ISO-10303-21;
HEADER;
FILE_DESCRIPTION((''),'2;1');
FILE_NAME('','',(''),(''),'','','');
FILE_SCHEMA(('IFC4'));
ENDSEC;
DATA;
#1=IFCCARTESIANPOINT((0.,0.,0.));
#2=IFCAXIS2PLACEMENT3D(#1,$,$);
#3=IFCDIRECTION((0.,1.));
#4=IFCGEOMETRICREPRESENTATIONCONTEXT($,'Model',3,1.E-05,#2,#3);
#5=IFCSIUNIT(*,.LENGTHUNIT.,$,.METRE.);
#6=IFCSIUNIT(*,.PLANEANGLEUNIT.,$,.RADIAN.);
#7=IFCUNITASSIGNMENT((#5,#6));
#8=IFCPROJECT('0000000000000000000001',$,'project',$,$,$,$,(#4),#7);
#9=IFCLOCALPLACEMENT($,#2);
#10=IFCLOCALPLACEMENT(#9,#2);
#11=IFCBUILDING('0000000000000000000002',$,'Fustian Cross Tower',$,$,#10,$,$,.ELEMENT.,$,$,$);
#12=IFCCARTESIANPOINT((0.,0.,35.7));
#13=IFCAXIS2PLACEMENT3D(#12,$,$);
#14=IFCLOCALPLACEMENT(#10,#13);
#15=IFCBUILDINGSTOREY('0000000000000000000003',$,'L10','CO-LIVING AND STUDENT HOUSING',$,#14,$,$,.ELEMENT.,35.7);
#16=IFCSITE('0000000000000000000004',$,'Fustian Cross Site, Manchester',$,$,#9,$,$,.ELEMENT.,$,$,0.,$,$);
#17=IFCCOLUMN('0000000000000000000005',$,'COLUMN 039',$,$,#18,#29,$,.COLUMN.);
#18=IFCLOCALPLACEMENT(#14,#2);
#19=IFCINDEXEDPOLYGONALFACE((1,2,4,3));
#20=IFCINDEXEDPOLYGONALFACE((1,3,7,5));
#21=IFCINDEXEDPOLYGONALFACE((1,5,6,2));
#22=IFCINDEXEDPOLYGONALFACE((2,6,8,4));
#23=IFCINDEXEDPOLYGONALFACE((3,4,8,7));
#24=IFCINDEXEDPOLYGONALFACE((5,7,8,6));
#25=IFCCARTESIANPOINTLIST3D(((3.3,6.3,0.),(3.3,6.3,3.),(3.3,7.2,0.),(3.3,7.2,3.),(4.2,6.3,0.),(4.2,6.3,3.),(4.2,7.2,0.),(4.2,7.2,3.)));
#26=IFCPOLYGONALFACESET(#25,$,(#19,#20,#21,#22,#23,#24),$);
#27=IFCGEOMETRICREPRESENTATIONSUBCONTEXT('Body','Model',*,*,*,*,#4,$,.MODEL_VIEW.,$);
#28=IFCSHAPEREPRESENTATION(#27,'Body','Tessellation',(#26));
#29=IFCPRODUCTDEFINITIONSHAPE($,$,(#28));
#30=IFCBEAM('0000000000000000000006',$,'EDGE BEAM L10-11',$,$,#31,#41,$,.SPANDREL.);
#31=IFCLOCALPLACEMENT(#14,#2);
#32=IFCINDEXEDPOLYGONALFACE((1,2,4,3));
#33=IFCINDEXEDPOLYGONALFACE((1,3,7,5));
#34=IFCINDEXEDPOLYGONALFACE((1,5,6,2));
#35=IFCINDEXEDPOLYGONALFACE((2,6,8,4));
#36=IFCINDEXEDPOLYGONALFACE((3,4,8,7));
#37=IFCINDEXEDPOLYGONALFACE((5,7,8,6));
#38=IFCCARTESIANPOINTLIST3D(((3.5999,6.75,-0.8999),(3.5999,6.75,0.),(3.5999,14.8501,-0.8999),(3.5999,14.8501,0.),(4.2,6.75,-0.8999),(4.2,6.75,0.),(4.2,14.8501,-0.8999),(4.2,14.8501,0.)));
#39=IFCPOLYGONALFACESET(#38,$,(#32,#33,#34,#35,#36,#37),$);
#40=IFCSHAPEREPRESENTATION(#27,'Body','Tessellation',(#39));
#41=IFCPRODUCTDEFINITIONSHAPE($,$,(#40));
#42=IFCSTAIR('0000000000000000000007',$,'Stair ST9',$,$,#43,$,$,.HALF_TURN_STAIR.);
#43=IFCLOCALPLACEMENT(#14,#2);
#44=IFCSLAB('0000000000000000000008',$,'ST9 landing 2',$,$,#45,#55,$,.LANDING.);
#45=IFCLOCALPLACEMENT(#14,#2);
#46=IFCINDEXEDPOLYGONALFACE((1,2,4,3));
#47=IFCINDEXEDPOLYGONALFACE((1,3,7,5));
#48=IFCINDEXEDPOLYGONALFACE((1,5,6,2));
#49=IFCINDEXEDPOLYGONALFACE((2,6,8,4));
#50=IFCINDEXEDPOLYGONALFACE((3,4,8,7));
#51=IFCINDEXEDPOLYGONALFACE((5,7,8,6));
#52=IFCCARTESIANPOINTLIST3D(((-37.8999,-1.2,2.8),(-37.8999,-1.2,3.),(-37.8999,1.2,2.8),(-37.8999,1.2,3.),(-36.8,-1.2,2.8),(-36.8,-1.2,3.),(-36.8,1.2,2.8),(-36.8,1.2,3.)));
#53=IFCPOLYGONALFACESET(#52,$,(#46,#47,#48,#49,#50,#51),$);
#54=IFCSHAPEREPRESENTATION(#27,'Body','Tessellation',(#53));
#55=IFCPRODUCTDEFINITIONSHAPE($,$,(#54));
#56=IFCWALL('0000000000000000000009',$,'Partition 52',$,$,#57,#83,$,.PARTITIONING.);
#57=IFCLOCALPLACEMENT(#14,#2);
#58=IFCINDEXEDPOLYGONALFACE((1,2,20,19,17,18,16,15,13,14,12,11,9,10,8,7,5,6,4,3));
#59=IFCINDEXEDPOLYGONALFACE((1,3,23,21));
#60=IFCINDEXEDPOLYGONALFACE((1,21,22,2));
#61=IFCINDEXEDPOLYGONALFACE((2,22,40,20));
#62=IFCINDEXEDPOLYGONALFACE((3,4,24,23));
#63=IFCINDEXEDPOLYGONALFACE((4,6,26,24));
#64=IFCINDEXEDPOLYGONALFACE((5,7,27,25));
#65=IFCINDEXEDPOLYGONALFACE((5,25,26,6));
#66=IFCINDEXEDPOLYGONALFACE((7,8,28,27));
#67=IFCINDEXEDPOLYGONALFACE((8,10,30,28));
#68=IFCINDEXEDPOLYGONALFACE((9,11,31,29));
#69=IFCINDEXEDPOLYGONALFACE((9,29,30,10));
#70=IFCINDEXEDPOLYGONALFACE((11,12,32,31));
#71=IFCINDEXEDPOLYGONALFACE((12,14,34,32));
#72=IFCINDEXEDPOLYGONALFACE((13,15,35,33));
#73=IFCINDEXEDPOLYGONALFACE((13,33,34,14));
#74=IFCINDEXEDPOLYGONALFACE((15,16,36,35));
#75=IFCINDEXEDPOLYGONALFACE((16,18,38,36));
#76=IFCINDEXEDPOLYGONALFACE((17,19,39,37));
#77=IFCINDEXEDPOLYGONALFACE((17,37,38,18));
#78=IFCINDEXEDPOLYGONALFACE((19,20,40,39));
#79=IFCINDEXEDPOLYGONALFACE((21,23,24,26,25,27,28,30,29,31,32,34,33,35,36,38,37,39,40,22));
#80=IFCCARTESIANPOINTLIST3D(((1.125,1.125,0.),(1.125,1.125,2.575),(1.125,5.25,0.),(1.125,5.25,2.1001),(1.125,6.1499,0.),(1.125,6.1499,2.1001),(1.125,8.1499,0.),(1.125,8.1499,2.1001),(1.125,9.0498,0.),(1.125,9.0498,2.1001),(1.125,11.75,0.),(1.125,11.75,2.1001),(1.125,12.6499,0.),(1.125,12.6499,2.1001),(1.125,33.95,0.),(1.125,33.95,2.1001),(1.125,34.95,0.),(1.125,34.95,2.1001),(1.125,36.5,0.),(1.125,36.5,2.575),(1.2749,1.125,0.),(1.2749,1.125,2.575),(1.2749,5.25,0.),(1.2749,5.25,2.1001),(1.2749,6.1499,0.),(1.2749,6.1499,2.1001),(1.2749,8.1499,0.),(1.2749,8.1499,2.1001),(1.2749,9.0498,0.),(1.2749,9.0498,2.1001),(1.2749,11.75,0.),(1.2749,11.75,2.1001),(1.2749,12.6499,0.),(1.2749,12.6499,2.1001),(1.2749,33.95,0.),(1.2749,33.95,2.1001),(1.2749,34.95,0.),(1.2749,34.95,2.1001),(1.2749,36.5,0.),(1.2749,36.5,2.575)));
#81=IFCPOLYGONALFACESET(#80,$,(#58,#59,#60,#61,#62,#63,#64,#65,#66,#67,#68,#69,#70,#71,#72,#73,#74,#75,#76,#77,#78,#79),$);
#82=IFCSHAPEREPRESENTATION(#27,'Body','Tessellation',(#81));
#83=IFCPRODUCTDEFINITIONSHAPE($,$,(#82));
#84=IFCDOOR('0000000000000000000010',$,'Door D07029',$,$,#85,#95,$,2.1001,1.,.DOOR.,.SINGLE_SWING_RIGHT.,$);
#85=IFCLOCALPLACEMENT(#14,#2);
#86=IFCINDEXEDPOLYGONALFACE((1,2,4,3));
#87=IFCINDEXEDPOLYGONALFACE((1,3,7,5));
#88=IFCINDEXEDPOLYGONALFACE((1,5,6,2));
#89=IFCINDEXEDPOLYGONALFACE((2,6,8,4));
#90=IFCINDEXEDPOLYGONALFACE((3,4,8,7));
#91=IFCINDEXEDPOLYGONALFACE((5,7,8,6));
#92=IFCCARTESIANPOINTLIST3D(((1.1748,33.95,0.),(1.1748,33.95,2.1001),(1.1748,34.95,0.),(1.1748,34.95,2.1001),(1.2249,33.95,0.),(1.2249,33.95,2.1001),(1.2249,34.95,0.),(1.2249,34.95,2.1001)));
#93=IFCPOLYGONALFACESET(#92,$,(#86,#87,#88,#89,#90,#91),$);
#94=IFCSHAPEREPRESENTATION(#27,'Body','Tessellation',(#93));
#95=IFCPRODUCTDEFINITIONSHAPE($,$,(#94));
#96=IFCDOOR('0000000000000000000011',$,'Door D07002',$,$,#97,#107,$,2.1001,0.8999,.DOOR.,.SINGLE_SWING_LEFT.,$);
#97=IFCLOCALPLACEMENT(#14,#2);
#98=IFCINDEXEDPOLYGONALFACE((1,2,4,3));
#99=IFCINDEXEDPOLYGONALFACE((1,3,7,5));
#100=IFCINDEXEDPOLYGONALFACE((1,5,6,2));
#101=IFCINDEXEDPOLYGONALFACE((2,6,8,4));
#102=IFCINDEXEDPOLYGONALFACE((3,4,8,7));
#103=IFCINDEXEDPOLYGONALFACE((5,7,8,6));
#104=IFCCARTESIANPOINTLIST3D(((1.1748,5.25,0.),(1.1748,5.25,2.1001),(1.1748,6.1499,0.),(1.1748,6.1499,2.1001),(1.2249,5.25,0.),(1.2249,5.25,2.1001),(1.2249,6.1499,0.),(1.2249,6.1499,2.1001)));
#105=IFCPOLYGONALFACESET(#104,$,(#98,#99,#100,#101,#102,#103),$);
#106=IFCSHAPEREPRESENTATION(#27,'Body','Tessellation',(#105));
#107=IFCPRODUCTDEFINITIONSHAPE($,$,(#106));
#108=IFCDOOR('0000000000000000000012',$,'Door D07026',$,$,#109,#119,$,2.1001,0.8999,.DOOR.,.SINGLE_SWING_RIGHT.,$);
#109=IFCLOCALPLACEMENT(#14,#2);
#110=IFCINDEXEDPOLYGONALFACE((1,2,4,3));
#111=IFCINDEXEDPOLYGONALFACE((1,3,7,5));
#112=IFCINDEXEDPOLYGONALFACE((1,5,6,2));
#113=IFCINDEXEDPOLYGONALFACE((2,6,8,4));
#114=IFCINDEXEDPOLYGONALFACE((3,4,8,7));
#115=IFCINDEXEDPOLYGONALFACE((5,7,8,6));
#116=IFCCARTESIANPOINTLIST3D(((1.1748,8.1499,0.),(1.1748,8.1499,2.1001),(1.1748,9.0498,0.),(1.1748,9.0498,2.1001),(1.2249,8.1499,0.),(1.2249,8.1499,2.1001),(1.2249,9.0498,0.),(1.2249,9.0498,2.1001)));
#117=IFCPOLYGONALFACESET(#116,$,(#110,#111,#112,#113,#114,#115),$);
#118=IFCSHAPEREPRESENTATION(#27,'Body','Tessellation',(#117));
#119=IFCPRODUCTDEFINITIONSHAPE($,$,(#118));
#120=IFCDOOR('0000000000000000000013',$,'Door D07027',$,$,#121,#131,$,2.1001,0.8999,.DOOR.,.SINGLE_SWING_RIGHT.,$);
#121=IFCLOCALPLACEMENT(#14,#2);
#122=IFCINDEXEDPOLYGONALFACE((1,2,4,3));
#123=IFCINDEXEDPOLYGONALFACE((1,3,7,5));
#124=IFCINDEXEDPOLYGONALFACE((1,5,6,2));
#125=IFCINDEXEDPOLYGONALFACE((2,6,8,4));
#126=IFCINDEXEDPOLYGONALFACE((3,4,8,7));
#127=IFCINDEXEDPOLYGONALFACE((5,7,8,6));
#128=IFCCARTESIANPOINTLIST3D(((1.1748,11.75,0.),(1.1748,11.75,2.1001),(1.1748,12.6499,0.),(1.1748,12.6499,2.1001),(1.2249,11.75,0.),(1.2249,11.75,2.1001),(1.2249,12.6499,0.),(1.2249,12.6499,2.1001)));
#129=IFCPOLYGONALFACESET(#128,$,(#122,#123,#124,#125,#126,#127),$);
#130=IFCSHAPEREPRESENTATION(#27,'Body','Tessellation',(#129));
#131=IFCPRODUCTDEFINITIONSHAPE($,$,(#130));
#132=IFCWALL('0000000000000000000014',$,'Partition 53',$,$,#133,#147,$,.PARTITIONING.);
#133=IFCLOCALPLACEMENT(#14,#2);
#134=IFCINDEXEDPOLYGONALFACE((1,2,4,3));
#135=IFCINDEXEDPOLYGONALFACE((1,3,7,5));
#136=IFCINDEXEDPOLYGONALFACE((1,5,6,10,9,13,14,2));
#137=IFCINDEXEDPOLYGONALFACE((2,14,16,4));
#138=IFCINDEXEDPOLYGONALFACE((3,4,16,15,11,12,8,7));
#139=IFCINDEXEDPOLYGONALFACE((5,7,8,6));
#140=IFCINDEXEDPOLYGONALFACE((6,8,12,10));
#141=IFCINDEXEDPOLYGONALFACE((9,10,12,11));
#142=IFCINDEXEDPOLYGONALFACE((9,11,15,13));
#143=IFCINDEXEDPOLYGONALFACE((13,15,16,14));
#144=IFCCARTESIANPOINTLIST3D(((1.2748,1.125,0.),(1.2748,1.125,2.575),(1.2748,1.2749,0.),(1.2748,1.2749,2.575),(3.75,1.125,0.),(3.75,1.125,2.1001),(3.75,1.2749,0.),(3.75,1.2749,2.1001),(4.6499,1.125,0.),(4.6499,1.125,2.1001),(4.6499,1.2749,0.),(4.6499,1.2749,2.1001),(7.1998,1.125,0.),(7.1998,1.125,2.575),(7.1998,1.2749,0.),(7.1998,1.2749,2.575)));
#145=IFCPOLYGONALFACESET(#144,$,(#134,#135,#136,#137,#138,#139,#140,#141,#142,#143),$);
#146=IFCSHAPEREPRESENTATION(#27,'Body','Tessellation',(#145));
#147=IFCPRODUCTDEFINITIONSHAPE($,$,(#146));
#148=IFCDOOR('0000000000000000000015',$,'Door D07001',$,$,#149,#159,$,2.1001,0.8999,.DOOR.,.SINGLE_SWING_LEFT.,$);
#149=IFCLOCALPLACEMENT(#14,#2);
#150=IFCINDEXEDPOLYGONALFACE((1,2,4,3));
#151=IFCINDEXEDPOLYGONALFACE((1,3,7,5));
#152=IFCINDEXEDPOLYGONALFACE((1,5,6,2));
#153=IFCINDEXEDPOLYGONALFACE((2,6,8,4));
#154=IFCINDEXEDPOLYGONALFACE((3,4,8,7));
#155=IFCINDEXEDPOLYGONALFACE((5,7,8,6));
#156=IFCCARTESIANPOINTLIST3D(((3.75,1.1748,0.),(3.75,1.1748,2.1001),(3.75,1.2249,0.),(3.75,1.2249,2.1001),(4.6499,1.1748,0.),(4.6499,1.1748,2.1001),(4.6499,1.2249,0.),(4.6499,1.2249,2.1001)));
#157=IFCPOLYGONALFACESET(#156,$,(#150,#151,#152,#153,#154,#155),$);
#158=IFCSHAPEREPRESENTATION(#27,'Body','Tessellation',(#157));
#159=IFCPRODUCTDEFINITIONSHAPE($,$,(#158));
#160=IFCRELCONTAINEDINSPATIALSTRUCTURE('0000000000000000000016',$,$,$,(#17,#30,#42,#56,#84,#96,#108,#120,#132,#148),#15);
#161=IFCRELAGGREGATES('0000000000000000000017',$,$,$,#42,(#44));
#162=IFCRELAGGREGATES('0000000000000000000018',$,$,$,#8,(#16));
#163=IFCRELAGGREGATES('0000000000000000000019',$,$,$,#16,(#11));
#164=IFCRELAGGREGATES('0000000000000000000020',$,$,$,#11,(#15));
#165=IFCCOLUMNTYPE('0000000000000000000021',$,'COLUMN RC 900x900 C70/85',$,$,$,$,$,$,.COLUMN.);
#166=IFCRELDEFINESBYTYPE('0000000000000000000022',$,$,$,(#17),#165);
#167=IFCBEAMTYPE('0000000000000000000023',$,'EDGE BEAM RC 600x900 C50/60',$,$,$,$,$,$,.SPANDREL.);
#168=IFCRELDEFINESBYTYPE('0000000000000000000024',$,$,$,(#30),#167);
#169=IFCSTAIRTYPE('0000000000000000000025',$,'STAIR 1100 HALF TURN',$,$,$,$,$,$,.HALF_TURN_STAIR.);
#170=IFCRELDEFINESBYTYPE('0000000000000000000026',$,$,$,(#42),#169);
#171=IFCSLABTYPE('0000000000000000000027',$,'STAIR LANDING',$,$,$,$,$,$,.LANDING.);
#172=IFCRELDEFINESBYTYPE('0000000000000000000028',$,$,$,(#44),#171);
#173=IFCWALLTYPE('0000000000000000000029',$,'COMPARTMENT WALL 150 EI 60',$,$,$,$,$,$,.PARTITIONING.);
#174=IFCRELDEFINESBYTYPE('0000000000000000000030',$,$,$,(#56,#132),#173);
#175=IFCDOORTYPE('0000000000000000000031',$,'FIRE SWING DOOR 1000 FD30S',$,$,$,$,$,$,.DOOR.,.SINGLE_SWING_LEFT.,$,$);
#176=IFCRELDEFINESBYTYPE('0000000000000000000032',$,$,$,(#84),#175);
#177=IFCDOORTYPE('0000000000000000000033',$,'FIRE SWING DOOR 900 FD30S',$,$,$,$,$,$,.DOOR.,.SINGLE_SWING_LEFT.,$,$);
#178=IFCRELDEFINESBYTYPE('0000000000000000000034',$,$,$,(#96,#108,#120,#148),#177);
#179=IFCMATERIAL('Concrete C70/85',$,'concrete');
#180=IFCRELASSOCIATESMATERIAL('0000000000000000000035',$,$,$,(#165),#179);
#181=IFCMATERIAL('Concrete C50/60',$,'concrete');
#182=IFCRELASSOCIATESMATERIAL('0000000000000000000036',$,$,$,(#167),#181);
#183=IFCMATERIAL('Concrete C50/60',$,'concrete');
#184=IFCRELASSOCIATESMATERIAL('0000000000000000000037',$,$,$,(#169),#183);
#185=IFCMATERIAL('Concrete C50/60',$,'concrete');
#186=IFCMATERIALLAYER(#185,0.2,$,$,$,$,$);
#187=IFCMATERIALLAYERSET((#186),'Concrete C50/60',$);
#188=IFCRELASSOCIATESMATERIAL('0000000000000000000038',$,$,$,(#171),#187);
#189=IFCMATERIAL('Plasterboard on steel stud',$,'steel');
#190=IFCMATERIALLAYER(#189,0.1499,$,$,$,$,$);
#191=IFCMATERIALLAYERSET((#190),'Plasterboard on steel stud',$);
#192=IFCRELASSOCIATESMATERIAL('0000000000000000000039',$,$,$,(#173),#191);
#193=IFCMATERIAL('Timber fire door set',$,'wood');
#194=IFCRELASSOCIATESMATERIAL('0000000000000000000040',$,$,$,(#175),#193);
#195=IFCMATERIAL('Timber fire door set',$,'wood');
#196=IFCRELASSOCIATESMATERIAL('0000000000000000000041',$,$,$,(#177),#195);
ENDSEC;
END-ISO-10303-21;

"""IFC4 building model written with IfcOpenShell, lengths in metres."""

from ifc_helpers import new_model, si_unit, direction, frame, frame_2d, origin, origin_2d, place, context, subcontext, project, spatial, polyline, rectangle, outline, extrude, material, layer, layer_set, material_profile, profile_set, type_object, element, fill, aggregate, save


model = new_model("IFC4")

# Units and contexts
model_context = context("Model", 3, precision=1e-05, world=origin(), true_north=direction((0.0, 1.0)))
body_context = subcontext(model_context, "Body", "Model", "MODEL_VIEW")
ifc_project = project(units=[si_unit("LENGTHUNIT", "METRE"), si_unit("PLANEANGLEUNIT", "RADIAN")], contexts=[model_context])

# Site, building, storey
site_placement = place(None, origin())
site = spatial("IfcSite", under=ifc_project, at=site_placement, Name="Fustian Cross Site, Manchester", CompositionType="ELEMENT", RefElevation=0.0)
building_placement = place(site_placement, origin())
building = spatial("IfcBuilding", under=site, at=building_placement, Name="Fustian Cross Tower", CompositionType="ELEMENT")
storey_placement = place(building_placement, frame((0.0, 0.0, 35.7)))
storey = spatial("IfcBuildingStorey", under=building, at=storey_placement, Name="L10", Description="CO-LIVING AND STUDENT HOUSING", CompositionType="ELEMENT", Elevation=35.7)

# Column
ifc_material_1 = material(Name="Concrete C70/85", Category="concrete")
ifc_material_profile_1 = material_profile(ifc_material_1, rectangle(XDim=0.8999, YDim=0.8999, at=origin_2d()), Name="RC 900x900")
ifc_profile_set_1 = profile_set([ifc_material_profile_1], Name="Concrete C70/85")
column_type = type_object("IfcColumnType", Name="COLUMN RC 900x900 C70/85", PredefinedType="COLUMN", material=ifc_profile_set_1)
column_placement = place(storey_placement, frame((3.75, 6.75, 0.0), z_axis=(0.0, 0.0, 1.0), x_axis=(1.0, 0.0, 0.0)))
element("IfcColumn", 1, at=column_placement, inside=storey, type_object=column_type, Name="COLUMN 039", PredefinedType="COLUMN", context=body_context, shape_type="SweptSolid", body=[
    extrude(rectangle(XDim=0.8999, YDim=0.8999, at=origin_2d()), origin(), (0.0, 0.0, 1.0), 3.0),
])

# Beam
ifc_material_2 = material(Name="Concrete C50/60", Category="concrete")
ifc_material_profile_2 = material_profile(ifc_material_2, rectangle(XDim=0.6001, YDim=0.8999, at=origin_2d()), Name="RC 600x900")
ifc_profile_set_2 = profile_set([ifc_material_profile_2], Name="Concrete C50/60")
beam_type = type_object("IfcBeamType", Name="EDGE BEAM RC 600x900 C50/60", PredefinedType="SPANDREL", material=ifc_profile_set_2)
beam_placement = place(storey_placement, frame((3.8999, 6.75, -0.45), z_axis=(0.0, 1.0, 0.0), x_axis=(-1.0, 0.0, 0.0)))
element("IfcBeam", 2, at=beam_placement, inside=storey, type_object=beam_type, Name="EDGE BEAM L10-11", PredefinedType="SPANDREL", context=body_context, shape_type="SweptSolid", body=[
    extrude(rectangle(XDim=0.6001, YDim=0.8999, at=origin_2d()), origin(), (0.0, 0.0, 1.0), 8.1001),
])

# Stair, slab
ifc_material_3 = material(Name="Concrete C50/60", Category="concrete")
stair_type = type_object("IfcStairType", Name="STAIR 1100 HALF TURN", PredefinedType="HALF_TURN_STAIR", material=ifc_material_3)
stair_placement = place(storey_placement, origin())
stair = element("IfcStair", 3, at=stair_placement, inside=storey, type_object=stair_type, Name="Stair ST9", PredefinedType="HALF_TURN_STAIR")
ifc_material_4 = material(Name="Concrete C50/60", Category="concrete")
ifc_layer_1 = layer(ifc_material_4, 0.2)
ifc_layer_set_1 = layer_set([ifc_layer_1], Name="Concrete C50/60")
slab_type = type_object("IfcSlabType", Name="STAIR LANDING", PredefinedType="LANDING", material=ifc_layer_set_1)
slab_placement = place(storey_placement, frame((0.0, 0.0, 2.8)))
slab = element("IfcSlab", 4, at=slab_placement, type_object=slab_type, Name="ST9 landing 2", PredefinedType="LANDING", context=body_context, shape_type="SweptSolid", body=[
    extrude(outline(polyline([(-36.8, -1.2), (-37.8999, -1.2), (-37.8999, 1.2), (-36.8, 1.2), (-36.8, -1.2)])), origin(), (0.0, 0.0, 1.0), 0.2),
])
aggregate(stair, [slab])

# Wall, openings, doors
ifc_material_5 = material(Name="Plasterboard on steel stud", Category="steel")
ifc_layer_2 = layer(ifc_material_5, 0.1499)
ifc_layer_set_2 = layer_set([ifc_layer_2], Name="Plasterboard on steel stud")
wall_type_1 = type_object("IfcWallType", Name="COMPARTMENT WALL 150 EI 60", PredefinedType="PARTITIONING", material=ifc_layer_set_2)
wall_1_placement = place(storey_placement, frame((1.2, 1.125, 0.0), z_axis=(0.0, 0.0, 1.0), x_axis=(0.0, 1.0, 0.0)))
wall_1 = element("IfcWall", 5, at=wall_1_placement, inside=storey, type_object=wall_type_1, Name="Partition 52", PredefinedType="PARTITIONING", context=body_context, shape_type="SweptSolid", body=[
    extrude(rectangle(XDim=35.375, YDim=0.1499, at=frame_2d((17.6875, 0.0))), origin(), (0.0, 0.0, 1.0), 2.575),
])
opening_1_placement = place(wall_1_placement, frame((4.125, 0.0, 0.0)))
opening_1 = element("IfcOpeningElement", 6, at=opening_1_placement, cuts=wall_1, PredefinedType="OPENING", context=body_context, shape_type="SweptSolid", body=[
    extrude(rectangle(XDim=0.8999, YDim=2.1001, at=frame_2d((0.45, 1.05))), frame((0.0, 0.085, 0.0), z_axis=(0.0, -1.0, 0.0), x_axis=(1.0, 0.0, 0.0)), (0.0, 0.0, 1.0), 0.1699),
])
opening_2_placement = place(wall_1_placement, frame((7.0249, 0.0, 0.0)))
opening_2 = element("IfcOpeningElement", 7, at=opening_2_placement, cuts=wall_1, PredefinedType="OPENING", context=body_context, shape_type="SweptSolid", body=[
    extrude(rectangle(XDim=0.8999, YDim=2.1001, at=frame_2d((0.45, 1.05))), frame((0.0, 0.085, 0.0), z_axis=(0.0, -1.0, 0.0), x_axis=(1.0, 0.0, 0.0)), (0.0, 0.0, 1.0), 0.1699),
])
opening_3_placement = place(wall_1_placement, frame((10.625, 0.0, 0.0)))
opening_3 = element("IfcOpeningElement", 8, at=opening_3_placement, cuts=wall_1, PredefinedType="OPENING", context=body_context, shape_type="SweptSolid", body=[
    extrude(rectangle(XDim=0.8999, YDim=2.1001, at=frame_2d((0.45, 1.05))), frame((0.0, 0.085, 0.0), z_axis=(0.0, -1.0, 0.0), x_axis=(1.0, 0.0, 0.0)), (0.0, 0.0, 1.0), 0.1699),
])
opening_4_placement = place(wall_1_placement, frame((32.825, 0.0, 0.0)))
opening_4 = element("IfcOpeningElement", 9, at=opening_4_placement, cuts=wall_1, PredefinedType="OPENING", context=body_context, shape_type="SweptSolid", body=[
    extrude(rectangle(XDim=1.0, YDim=2.1001, at=frame_2d((0.5, 1.05))), frame((0.0, 0.085, 0.0), z_axis=(0.0, -1.0, 0.0), x_axis=(1.0, 0.0, 0.0)), (0.0, 0.0, 1.0), 0.1699),
])
ifc_material_6 = material(Name="Timber fire door set", Category="wood")
door_type_1 = type_object("IfcDoorType", Name="FIRE SWING DOOR 1000 FD30S", OperationType="SINGLE_SWING_LEFT", PredefinedType="DOOR", material=ifc_material_6)
door_1_placement = place(opening_4_placement, frame((1.0, 0.0, 0.0), z_axis=(0.0, 0.0, 1.0), x_axis=(-1.0, 0.0, 0.0)))
door_1 = element("IfcDoor", 10, at=door_1_placement, inside=storey, type_object=door_type_1, Name="Door D07029", OperationType="SINGLE_SWING_RIGHT", OverallHeight=2.1001, OverallWidth=1.0, PredefinedType="DOOR", context=body_context, shape_type="SweptSolid", body=[
    extrude(rectangle(XDim=1.0, YDim=2.1001, at=frame_2d((0.5, 1.05))), frame((0.0, 0.0249, 0.0), z_axis=(0.0, -1.0, 0.0), x_axis=(1.0, 0.0, 0.0)), (0.0, 0.0, 1.0), 0.05),
])
fill(opening_4, door_1)
ifc_material_7 = material(Name="Timber fire door set", Category="wood")
door_type_2 = type_object("IfcDoorType", Name="FIRE SWING DOOR 900 FD30S", OperationType="SINGLE_SWING_LEFT", PredefinedType="DOOR", material=ifc_material_7)
door_2_placement = place(opening_1_placement, frame((0.8999, 0.0, 0.0), z_axis=(0.0, 0.0, 1.0), x_axis=(-1.0, 0.0, 0.0)))
door_2 = element("IfcDoor", 11, at=door_2_placement, inside=storey, type_object=door_type_2, Name="Door D07002", OperationType="SINGLE_SWING_LEFT", OverallHeight=2.1001, OverallWidth=0.8999, PredefinedType="DOOR", context=body_context, shape_type="SweptSolid", body=[
    extrude(rectangle(XDim=0.8999, YDim=2.1001, at=frame_2d((0.45, 1.05))), frame((0.0, 0.0249, 0.0), z_axis=(0.0, -1.0, 0.0), x_axis=(1.0, 0.0, 0.0)), (0.0, 0.0, 1.0), 0.05),
])
fill(opening_1, door_2)
door_3_placement = place(opening_2_placement, frame((0.8999, 0.0, 0.0), z_axis=(0.0, 0.0, 1.0), x_axis=(-1.0, 0.0, 0.0)))
door_3 = element("IfcDoor", 12, at=door_3_placement, inside=storey, type_object=door_type_2, Name="Door D07026", OperationType="SINGLE_SWING_RIGHT", OverallHeight=2.1001, OverallWidth=0.8999, PredefinedType="DOOR", context=body_context, shape_type="SweptSolid", body=[
    extrude(rectangle(XDim=0.8999, YDim=2.1001, at=frame_2d((0.45, 1.05))), frame((0.0, 0.0249, 0.0), z_axis=(0.0, -1.0, 0.0), x_axis=(1.0, 0.0, 0.0)), (0.0, 0.0, 1.0), 0.05),
])
fill(opening_2, door_3)
door_4_placement = place(opening_3_placement, frame((0.8999, 0.0, 0.0), z_axis=(0.0, 0.0, 1.0), x_axis=(-1.0, 0.0, 0.0)))
door_4 = element("IfcDoor", 13, at=door_4_placement, inside=storey, type_object=door_type_2, Name="Door D07027", OperationType="SINGLE_SWING_RIGHT", OverallHeight=2.1001, OverallWidth=0.8999, PredefinedType="DOOR", context=body_context, shape_type="SweptSolid", body=[
    extrude(rectangle(XDim=0.8999, YDim=2.1001, at=frame_2d((0.45, 1.05))), frame((0.0, 0.0249, 0.0), z_axis=(0.0, -1.0, 0.0), x_axis=(1.0, 0.0, 0.0)), (0.0, 0.0, 1.0), 0.05),
])
fill(opening_3, door_4)

# Wall, opening, door
wall_2_placement = place(storey_placement, frame((1.2749, 1.2, 0.0), z_axis=(0.0, 0.0, 1.0), x_axis=(1.0, 0.0, 0.0)))
wall_2 = element("IfcWall", 14, at=wall_2_placement, inside=storey, type_object=wall_type_1, Name="Partition 53", PredefinedType="PARTITIONING", context=body_context, shape_type="SweptSolid", body=[
    extrude(rectangle(XDim=5.925, YDim=0.1499, at=frame_2d((2.9624, 0.0))), origin(), (0.0, 0.0, 1.0), 2.575),
])
opening_5_placement = place(wall_2_placement, frame((2.4751, 0.0, 0.0)))
opening_5 = element("IfcOpeningElement", 15, at=opening_5_placement, cuts=wall_2, PredefinedType="OPENING", context=body_context, shape_type="SweptSolid", body=[
    extrude(rectangle(XDim=0.8999, YDim=2.1001, at=frame_2d((0.45, 1.05))), frame((0.0, 0.085, 0.0), z_axis=(0.0, -1.0, 0.0), x_axis=(1.0, 0.0, 0.0)), (0.0, 0.0, 1.0), 0.1699),
])
door_5_placement = place(opening_5_placement, origin())
door_5 = element("IfcDoor", 16, at=door_5_placement, inside=storey, type_object=door_type_2, Name="Door D07001", OperationType="SINGLE_SWING_LEFT", OverallHeight=2.1001, OverallWidth=0.8999, PredefinedType="DOOR", context=body_context, shape_type="SweptSolid", body=[
    extrude(rectangle(XDim=0.8999, YDim=2.1001, at=frame_2d((0.45, 1.05))), frame((0.0, 0.0249, 0.0), z_axis=(0.0, -1.0, 0.0), x_axis=(1.0, 0.0, 0.0)), (0.0, 0.0, 1.0), 0.05),
])
fill(opening_5, door_5)

save(model, "model.ifc")
